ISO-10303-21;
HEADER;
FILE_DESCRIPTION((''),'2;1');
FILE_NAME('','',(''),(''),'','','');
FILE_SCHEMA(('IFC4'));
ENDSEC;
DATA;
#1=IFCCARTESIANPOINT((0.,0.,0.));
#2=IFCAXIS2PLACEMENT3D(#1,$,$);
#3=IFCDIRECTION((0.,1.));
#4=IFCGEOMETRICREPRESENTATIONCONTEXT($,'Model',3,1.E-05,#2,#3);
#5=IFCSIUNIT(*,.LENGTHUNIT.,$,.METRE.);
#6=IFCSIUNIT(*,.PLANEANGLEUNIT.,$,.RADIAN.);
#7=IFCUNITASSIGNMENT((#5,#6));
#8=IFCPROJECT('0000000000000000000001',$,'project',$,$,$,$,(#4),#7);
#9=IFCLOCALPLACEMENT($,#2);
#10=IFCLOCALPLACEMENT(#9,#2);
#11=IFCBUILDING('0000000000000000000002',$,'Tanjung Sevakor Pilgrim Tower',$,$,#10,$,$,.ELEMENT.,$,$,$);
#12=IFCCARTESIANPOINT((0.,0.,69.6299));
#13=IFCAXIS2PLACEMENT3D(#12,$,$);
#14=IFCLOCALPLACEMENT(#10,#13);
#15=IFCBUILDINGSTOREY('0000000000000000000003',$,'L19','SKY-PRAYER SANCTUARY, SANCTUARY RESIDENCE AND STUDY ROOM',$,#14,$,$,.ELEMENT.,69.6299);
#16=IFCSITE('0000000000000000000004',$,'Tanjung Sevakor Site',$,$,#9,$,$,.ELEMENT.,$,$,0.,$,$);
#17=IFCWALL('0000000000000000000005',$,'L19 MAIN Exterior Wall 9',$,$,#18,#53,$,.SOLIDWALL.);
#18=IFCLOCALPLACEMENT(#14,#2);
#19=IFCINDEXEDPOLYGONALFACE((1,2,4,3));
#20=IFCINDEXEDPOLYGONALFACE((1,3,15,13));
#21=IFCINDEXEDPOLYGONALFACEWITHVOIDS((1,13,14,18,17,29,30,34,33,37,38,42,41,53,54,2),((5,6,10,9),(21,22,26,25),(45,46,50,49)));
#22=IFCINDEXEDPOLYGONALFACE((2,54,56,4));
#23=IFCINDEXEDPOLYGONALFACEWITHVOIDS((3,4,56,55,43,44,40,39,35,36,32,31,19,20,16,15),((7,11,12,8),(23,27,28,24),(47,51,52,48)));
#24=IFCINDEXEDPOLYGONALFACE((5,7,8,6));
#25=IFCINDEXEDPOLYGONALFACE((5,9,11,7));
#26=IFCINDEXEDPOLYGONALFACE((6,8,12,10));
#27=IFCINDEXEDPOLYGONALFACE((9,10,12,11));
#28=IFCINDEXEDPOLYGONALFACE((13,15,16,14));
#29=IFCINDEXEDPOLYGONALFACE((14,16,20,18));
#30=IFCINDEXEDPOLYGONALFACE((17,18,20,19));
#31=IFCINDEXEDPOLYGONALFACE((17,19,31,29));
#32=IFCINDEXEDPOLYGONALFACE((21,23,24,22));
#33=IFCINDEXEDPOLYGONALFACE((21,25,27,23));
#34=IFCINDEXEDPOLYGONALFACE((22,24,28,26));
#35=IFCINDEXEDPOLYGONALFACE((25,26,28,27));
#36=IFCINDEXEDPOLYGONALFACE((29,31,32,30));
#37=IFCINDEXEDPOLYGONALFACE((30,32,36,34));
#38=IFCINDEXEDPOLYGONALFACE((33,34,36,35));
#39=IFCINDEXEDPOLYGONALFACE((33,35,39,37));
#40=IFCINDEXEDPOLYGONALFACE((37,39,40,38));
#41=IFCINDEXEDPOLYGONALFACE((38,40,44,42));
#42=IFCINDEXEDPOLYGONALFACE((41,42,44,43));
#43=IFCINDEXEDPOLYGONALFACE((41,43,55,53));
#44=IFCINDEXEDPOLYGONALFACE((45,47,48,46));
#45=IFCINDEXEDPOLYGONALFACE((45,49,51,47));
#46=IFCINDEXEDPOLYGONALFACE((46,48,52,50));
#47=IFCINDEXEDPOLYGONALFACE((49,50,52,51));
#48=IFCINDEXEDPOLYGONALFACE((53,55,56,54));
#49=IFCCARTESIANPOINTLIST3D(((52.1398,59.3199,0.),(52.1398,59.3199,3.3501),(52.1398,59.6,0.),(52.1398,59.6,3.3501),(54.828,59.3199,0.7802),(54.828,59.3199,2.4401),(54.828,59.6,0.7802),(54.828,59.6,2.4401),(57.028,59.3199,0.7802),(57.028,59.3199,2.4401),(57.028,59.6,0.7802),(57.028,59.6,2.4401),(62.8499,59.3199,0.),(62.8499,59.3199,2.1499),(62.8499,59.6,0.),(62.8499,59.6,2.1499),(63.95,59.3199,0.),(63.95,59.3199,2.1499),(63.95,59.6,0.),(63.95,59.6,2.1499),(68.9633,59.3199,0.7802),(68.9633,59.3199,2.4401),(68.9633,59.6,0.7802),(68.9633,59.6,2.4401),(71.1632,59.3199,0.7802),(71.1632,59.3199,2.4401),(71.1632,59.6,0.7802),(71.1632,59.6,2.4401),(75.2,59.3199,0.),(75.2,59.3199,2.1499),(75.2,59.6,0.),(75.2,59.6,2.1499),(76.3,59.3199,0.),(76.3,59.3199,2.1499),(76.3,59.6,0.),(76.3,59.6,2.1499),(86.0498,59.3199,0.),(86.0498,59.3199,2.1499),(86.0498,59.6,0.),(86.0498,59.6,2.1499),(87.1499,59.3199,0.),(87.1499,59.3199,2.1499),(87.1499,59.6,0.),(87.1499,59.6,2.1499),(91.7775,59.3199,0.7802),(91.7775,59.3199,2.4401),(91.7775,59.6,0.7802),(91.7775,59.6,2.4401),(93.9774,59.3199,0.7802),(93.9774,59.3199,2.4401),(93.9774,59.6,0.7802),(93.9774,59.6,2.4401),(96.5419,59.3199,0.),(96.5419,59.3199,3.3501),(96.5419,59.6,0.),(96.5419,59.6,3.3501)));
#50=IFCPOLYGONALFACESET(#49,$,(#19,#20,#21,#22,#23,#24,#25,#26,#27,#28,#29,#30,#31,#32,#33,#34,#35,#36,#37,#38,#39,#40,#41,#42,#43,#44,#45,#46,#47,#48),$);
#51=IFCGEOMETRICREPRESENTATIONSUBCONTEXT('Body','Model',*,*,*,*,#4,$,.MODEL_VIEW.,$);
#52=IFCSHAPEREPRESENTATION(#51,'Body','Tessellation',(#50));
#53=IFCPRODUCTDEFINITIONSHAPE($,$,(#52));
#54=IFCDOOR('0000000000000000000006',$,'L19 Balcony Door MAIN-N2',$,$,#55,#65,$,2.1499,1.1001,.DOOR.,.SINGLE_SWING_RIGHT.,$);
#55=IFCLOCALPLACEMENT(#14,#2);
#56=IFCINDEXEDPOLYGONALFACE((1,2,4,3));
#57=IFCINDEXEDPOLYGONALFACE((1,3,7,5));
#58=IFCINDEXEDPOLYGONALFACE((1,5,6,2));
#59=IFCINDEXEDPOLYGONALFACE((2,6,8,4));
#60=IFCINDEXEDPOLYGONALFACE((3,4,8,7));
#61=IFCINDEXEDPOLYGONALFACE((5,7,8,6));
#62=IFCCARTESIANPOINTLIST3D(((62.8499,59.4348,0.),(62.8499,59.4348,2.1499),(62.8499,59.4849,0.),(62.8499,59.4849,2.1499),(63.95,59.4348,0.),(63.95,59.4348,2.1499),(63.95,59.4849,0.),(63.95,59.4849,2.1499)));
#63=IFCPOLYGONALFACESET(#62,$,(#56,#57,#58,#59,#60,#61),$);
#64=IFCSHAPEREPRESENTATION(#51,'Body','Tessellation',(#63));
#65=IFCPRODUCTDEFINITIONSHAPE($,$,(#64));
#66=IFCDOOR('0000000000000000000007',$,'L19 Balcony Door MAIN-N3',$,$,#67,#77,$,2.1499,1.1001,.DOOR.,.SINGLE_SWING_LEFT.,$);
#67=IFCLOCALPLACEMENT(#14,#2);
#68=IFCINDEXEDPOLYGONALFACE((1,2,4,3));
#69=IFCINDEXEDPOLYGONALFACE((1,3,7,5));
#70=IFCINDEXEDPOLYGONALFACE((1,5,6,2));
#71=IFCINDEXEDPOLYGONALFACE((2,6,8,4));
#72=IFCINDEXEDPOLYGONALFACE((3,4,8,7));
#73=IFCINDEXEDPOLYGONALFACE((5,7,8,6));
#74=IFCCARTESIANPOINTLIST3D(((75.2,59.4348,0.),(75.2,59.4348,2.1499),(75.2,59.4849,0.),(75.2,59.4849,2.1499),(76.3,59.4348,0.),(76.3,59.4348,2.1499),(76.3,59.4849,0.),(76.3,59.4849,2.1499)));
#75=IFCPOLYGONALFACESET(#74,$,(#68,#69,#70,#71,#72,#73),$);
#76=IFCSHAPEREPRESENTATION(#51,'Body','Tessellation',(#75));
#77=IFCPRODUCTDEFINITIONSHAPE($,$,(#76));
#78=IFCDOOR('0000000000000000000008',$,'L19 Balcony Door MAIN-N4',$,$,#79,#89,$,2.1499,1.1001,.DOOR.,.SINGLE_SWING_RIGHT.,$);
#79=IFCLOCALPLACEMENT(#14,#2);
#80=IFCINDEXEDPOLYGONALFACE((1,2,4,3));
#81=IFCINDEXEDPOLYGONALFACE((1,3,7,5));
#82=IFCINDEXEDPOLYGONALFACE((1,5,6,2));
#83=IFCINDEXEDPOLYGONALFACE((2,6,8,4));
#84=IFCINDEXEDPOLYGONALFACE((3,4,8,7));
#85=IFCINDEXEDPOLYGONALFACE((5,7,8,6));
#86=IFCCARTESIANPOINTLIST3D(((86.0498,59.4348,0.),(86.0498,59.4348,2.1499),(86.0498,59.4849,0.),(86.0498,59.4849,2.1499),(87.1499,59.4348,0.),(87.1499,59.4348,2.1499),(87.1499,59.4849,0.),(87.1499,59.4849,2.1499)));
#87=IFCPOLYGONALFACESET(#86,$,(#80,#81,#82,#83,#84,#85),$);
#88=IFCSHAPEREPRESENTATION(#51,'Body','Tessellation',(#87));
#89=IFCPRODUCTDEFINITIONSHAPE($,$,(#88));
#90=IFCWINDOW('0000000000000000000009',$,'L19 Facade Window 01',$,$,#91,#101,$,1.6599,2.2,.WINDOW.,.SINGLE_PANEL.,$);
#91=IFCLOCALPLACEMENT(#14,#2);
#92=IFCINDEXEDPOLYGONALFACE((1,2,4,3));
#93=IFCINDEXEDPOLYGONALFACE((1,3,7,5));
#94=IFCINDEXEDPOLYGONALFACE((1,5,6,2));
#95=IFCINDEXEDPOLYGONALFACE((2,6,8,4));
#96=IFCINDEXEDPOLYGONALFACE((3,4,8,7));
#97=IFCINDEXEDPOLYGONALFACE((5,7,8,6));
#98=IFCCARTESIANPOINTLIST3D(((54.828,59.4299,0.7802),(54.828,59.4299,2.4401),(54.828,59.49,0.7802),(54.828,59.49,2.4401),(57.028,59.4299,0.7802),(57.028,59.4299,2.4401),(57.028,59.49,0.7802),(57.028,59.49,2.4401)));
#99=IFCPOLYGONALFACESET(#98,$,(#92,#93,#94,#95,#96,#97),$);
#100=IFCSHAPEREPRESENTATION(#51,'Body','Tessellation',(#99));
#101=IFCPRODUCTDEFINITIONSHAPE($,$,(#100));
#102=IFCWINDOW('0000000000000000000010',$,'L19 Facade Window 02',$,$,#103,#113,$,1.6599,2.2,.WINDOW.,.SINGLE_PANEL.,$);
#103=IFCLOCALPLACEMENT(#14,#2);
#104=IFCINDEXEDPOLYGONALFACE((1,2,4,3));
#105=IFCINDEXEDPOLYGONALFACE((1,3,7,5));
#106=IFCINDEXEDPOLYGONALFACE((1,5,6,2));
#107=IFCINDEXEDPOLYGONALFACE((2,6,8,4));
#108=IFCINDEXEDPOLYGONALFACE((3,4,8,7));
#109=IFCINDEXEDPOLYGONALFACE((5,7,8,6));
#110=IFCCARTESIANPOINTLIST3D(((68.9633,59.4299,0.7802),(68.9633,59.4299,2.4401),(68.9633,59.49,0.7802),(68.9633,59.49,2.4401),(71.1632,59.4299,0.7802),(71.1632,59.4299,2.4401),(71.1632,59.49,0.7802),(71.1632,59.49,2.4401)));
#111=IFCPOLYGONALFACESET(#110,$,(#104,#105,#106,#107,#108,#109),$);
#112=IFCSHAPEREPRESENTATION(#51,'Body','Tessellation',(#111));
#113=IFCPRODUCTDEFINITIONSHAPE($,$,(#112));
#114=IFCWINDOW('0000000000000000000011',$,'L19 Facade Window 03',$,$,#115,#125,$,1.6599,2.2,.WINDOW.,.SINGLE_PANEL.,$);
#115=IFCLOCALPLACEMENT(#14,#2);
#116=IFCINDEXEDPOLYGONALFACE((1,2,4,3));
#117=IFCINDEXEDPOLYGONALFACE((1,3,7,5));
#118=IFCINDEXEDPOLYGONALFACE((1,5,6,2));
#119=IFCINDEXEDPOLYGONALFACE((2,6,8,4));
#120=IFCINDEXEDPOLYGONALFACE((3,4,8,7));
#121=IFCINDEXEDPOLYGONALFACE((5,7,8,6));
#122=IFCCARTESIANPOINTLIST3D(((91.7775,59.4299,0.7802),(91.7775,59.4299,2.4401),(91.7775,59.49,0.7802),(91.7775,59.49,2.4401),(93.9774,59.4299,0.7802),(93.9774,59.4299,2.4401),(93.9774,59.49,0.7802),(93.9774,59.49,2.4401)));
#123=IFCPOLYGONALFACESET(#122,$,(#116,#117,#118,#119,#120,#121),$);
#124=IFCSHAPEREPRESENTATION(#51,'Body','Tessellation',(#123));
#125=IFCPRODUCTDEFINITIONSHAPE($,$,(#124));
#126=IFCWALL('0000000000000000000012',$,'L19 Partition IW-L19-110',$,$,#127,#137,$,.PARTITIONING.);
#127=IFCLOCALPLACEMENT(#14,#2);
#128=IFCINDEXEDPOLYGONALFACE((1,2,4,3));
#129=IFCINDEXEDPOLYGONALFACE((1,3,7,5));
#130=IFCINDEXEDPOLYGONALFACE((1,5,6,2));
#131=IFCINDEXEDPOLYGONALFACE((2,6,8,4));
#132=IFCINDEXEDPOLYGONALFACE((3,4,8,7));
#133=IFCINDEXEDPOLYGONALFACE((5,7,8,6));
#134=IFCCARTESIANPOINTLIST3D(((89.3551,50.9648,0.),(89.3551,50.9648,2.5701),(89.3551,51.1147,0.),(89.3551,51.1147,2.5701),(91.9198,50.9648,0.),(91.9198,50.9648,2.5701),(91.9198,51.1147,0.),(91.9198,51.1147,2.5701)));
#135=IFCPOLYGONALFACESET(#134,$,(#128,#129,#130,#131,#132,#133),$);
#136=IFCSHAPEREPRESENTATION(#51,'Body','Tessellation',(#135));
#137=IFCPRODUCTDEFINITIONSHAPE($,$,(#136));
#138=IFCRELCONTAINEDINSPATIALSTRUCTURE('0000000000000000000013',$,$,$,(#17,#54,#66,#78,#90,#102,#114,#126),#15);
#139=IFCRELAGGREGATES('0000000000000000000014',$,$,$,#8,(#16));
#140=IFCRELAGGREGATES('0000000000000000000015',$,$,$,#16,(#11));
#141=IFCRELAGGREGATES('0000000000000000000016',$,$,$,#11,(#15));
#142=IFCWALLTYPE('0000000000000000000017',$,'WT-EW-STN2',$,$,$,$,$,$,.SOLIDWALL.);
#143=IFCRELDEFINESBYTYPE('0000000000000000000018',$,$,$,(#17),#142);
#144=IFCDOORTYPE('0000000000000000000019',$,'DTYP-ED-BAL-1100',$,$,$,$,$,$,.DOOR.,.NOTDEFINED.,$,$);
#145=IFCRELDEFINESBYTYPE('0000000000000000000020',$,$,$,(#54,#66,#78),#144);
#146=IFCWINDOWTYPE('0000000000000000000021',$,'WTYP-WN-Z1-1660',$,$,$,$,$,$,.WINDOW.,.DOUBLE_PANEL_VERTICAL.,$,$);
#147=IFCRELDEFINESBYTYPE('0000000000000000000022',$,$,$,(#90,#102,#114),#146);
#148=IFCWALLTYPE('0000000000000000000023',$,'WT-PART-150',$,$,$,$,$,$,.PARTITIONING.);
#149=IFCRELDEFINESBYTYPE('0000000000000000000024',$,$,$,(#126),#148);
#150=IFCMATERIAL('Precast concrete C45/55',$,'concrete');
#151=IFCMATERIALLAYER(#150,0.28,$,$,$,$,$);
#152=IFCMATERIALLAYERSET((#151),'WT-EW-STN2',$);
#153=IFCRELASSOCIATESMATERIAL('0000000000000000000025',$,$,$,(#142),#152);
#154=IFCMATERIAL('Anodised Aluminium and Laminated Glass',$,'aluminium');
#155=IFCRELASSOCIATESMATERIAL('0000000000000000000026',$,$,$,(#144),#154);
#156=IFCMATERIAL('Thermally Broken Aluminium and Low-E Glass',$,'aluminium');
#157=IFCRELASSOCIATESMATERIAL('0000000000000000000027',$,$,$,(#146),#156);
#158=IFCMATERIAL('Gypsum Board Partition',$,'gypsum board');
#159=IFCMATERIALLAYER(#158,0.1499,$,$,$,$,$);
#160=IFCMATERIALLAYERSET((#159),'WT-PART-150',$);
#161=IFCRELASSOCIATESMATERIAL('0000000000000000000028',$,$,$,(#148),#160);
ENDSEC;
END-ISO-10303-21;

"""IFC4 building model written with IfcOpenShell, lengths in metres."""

from ifc_helpers import new_model, si_unit, direction, frame, frame_2d, origin, place, context, subcontext, project, spatial, rectangle, extrude, material, layer, layer_set, type_object, element, fill, save


model = new_model("IFC4")

# Units and contexts
model_context = context("Model", 3, precision=1e-05, world=origin(), true_north=direction((0.0, 1.0)))
body_context = subcontext(model_context, "Body", "Model", "MODEL_VIEW")
ifc_project = project(units=[si_unit("LENGTHUNIT", "METRE"), si_unit("PLANEANGLEUNIT", "RADIAN")], contexts=[model_context])

# Site, building, storey
site_placement = place(None, origin())
site = spatial("IfcSite", under=ifc_project, at=site_placement, Name="Tanjung Sevakor Site", CompositionType="ELEMENT", RefElevation=0.0)
building_placement = place(site_placement, origin())
building = spatial("IfcBuilding", under=site, at=building_placement, Name="Tanjung Sevakor Pilgrim Tower", CompositionType="ELEMENT")
storey_placement = place(building_placement, frame((0.0, 0.0, 69.6299)))
storey = spatial("IfcBuildingStorey", under=building, at=storey_placement, Name="L19", Description="SKY-PRAYER SANCTUARY, SANCTUARY RESIDENCE AND STUDY ROOM", CompositionType="ELEMENT", Elevation=69.6299)

# Shared definitions
ifc_material_1 = material(Name="Precast concrete C45/55", Category="concrete")
ifc_layer_1 = layer(ifc_material_1, 0.28)
ifc_layer_set_1 = layer_set([ifc_layer_1], Name="WT-EW-STN2")
wall_type_1 = type_object("IfcWallType", Name="WT-EW-STN2", PredefinedType="SOLIDWALL", material=ifc_layer_set_1)

# Wall, openings, doors, windows
wall_1_placement = place(storey_placement, frame((96.542, 59.46, 0.0), z_axis=(0.0, 0.0, 1.0), x_axis=(-1.0, 0.0, 0.0)))
wall_1 = element("IfcWall", 1, at=wall_1_placement, inside=storey, type_object=wall_type_1, Name="L19 MAIN Exterior Wall 9", PredefinedType="SOLIDWALL", context=body_context, shape_type="SweptSolid", body=[
    extrude(rectangle(XDim=44.4021, YDim=0.28, at=frame_2d((22.2012, 0.0))), origin(), (0.0, 0.0, 1.0), 3.3501),
])
opening_1_placement = place(wall_1_placement, frame((32.592, 0.0, 0.0)))
opening_1 = element("IfcOpeningElement", 2, at=opening_1_placement, cuts=wall_1, PredefinedType="OPENING", context=body_context, shape_type="SweptSolid", body=[
    extrude(rectangle(XDim=1.1001, YDim=2.1499, at=frame_2d((0.55, 1.075))), frame((0.0, 0.1499, 0.0), z_axis=(0.0, -1.0, 0.0), x_axis=(1.0, 0.0, 0.0)), (0.0, 0.0, 1.0), 0.3),
])
opening_2_placement = place(wall_1_placement, frame((20.2419, 0.0, 0.0)))
opening_2 = element("IfcOpeningElement", 3, at=opening_2_placement, cuts=wall_1, PredefinedType="OPENING", context=body_context, shape_type="SweptSolid", body=[
    extrude(rectangle(XDim=1.1001, YDim=2.1499, at=frame_2d((0.55, 1.075))), frame((0.0, 0.1499, 0.0), z_axis=(0.0, -1.0, 0.0), x_axis=(1.0, 0.0, 0.0)), (0.0, 0.0, 1.0), 0.3),
])
opening_3_placement = place(wall_1_placement, frame((9.3921, 0.0, 0.0)))
opening_3 = element("IfcOpeningElement", 4, at=opening_3_placement, cuts=wall_1, PredefinedType="OPENING", context=body_context, shape_type="SweptSolid", body=[
    extrude(rectangle(XDim=1.1001, YDim=2.1499, at=frame_2d((0.55, 1.075))), frame((0.0, 0.1499, 0.0), z_axis=(0.0, -1.0, 0.0), x_axis=(1.0, 0.0, 0.0)), (0.0, 0.0, 1.0), 0.3),
])
opening_4_placement = place(wall_1_placement, frame((39.5139, 0.0, 0.78)))
opening_4 = element("IfcOpeningElement", 5, at=opening_4_placement, cuts=wall_1, PredefinedType="OPENING", context=body_context, shape_type="SweptSolid", body=[
    extrude(rectangle(XDim=2.2, YDim=1.6599, at=frame_2d((1.1001, 0.8301))), frame((0.0, 0.1499, 0.0), z_axis=(0.0, -1.0, 0.0), x_axis=(1.0, 0.0, 0.0)), (0.0, 0.0, 1.0), 0.3),
])
opening_5_placement = place(wall_1_placement, frame((25.3787, 0.0, 0.78)))
opening_5 = element("IfcOpeningElement", 6, at=opening_5_placement, cuts=wall_1, PredefinedType="OPENING", context=body_context, shape_type="SweptSolid", body=[
    extrude(rectangle(XDim=2.2, YDim=1.6599, at=frame_2d((1.1001, 0.8301))), frame((0.0, 0.1499, 0.0), z_axis=(0.0, -1.0, 0.0), x_axis=(1.0, 0.0, 0.0)), (0.0, 0.0, 1.0), 0.3),
])
opening_6_placement = place(wall_1_placement, frame((2.5645, 0.0, 0.78)))
opening_6 = element("IfcOpeningElement", 7, at=opening_6_placement, cuts=wall_1, PredefinedType="OPENING", context=body_context, shape_type="SweptSolid", body=[
    extrude(rectangle(XDim=2.2, YDim=1.6599, at=frame_2d((1.1001, 0.8301))), frame((0.0, 0.1499, 0.0), z_axis=(0.0, -1.0, 0.0), x_axis=(1.0, 0.0, 0.0)), (0.0, 0.0, 1.0), 0.3),
])
ifc_material_2 = material(Name="Anodised Aluminium and Laminated Glass", Category="aluminium")
door_type_1 = type_object("IfcDoorType", Name="DTYP-ED-BAL-1100", OperationType="NOTDEFINED", PredefinedType="DOOR", material=ifc_material_2)
door_1_placement = place(opening_1_placement, frame((1.1001, 0.0, 0.0), z_axis=(0.0, 0.0, 1.0), x_axis=(-1.0, 0.0, 0.0)))
door_1 = element("IfcDoor", 8, at=door_1_placement, inside=storey, type_object=door_type_1, Name="L19 Balcony Door MAIN-N2", OperationType="SINGLE_SWING_RIGHT", OverallHeight=2.1499, OverallWidth=1.1001, PredefinedType="DOOR", context=body_context, shape_type="SweptSolid", body=[
    extrude(rectangle(XDim=1.1001, YDim=2.1499, at=frame_2d((0.55, 1.075))), frame((0.0, 0.0249, 0.0), z_axis=(0.0, -1.0, 0.0), x_axis=(1.0, 0.0, 0.0)), (0.0, 0.0, 1.0), 0.05),
])
fill(opening_1, door_1)
door_2_placement = place(opening_2_placement, frame((1.1001, 0.0, 0.0), z_axis=(0.0, 0.0, 1.0), x_axis=(-1.0, 0.0, 0.0)))
door_2 = element("IfcDoor", 9, at=door_2_placement, inside=storey, type_object=door_type_1, Name="L19 Balcony Door MAIN-N3", OperationType="SINGLE_SWING_LEFT", OverallHeight=2.1499, OverallWidth=1.1001, PredefinedType="DOOR", context=body_context, shape_type="SweptSolid", body=[
    extrude(rectangle(XDim=1.1001, YDim=2.1499, at=frame_2d((0.55, 1.075))), frame((0.0, 0.0249, 0.0), z_axis=(0.0, -1.0, 0.0), x_axis=(1.0, 0.0, 0.0)), (0.0, 0.0, 1.0), 0.05),
])
fill(opening_2, door_2)
door_3_placement = place(opening_3_placement, frame((1.1001, 0.0, 0.0), z_axis=(0.0, 0.0, 1.0), x_axis=(-1.0, 0.0, 0.0)))
door_3 = element("IfcDoor", 10, at=door_3_placement, inside=storey, type_object=door_type_1, Name="L19 Balcony Door MAIN-N4", OperationType="SINGLE_SWING_RIGHT", OverallHeight=2.1499, OverallWidth=1.1001, PredefinedType="DOOR", context=body_context, shape_type="SweptSolid", body=[
    extrude(rectangle(XDim=1.1001, YDim=2.1499, at=frame_2d((0.55, 1.075))), frame((0.0, 0.0249, 0.0), z_axis=(0.0, -1.0, 0.0), x_axis=(1.0, 0.0, 0.0)), (0.0, 0.0, 1.0), 0.05),
])
fill(opening_3, door_3)
ifc_material_3 = material(Name="Thermally Broken Aluminium and Low-E Glass", Category="aluminium")
window_type_1 = type_object("IfcWindowType", Name="WTYP-WN-Z1-1660", PartitioningType="DOUBLE_PANEL_VERTICAL", PredefinedType="WINDOW", material=ifc_material_3)
window_1_placement = place(opening_4_placement, origin())
window_1 = element("IfcWindow", 11, at=window_1_placement, inside=storey, type_object=window_type_1, Name="L19 Facade Window 01", OverallHeight=1.6599, OverallWidth=2.2, PartitioningType="SINGLE_PANEL", PredefinedType="WINDOW", context=body_context, shape_type="SweptSolid", body=[
    extrude(rectangle(XDim=2.2, YDim=1.6599, at=frame_2d((1.1001, 0.8301))), frame((0.0, 0.03, 0.0), z_axis=(0.0, -1.0, 0.0), x_axis=(1.0, 0.0, 0.0)), (0.0, 0.0, 1.0), 0.0601),
])
fill(opening_4, window_1)
window_2_placement = place(opening_5_placement, origin())
window_2 = element("IfcWindow", 12, at=window_2_placement, inside=storey, type_object=window_type_1, Name="L19 Facade Window 02", OverallHeight=1.6599, OverallWidth=2.2, PartitioningType="SINGLE_PANEL", PredefinedType="WINDOW", context=body_context, shape_type="SweptSolid", body=[
    extrude(rectangle(XDim=2.2, YDim=1.6599, at=frame_2d((1.1001, 0.8301))), frame((0.0, 0.03, 0.0), z_axis=(0.0, -1.0, 0.0), x_axis=(1.0, 0.0, 0.0)), (0.0, 0.0, 1.0), 0.0601),
])
fill(opening_5, window_2)
window_3_placement = place(opening_6_placement, origin())
window_3 = element("IfcWindow", 13, at=window_3_placement, inside=storey, type_object=window_type_1, Name="L19 Facade Window 03", OverallHeight=1.6599, OverallWidth=2.2, PartitioningType="SINGLE_PANEL", PredefinedType="WINDOW", context=body_context, shape_type="SweptSolid", body=[
    extrude(rectangle(XDim=2.2, YDim=1.6599, at=frame_2d((1.1001, 0.8301))), frame((0.0, 0.03, 0.0), z_axis=(0.0, -1.0, 0.0), x_axis=(1.0, 0.0, 0.0)), (0.0, 0.0, 1.0), 0.0601),
])
fill(opening_6, window_3)

# Wall
ifc_material_4 = material(Name="Gypsum Board Partition", Category="gypsum board")
ifc_layer_2 = layer(ifc_material_4, 0.1499)
ifc_layer_set_2 = layer_set([ifc_layer_2], Name="WT-PART-150")
wall_type_2 = type_object("IfcWallType", Name="WT-PART-150", PredefinedType="PARTITIONING", material=ifc_layer_set_2)
wall_2_placement = place(storey_placement, frame((89.3552, 51.0398, 0.0), z_axis=(0.0, 0.0, 1.0), x_axis=(1.0, 0.0, 0.0)))
element("IfcWall", 14, at=wall_2_placement, inside=storey, type_object=wall_type_2, Name="L19 Partition IW-L19-110", PredefinedType="PARTITIONING", context=body_context, shape_type="SweptSolid", body=[
    extrude(rectangle(XDim=2.5647, YDim=0.1499, at=frame_2d((1.2822, 0.0))), origin(), (0.0, 0.0, 1.0), 2.5701),
])

save(model, "model.ifc")
